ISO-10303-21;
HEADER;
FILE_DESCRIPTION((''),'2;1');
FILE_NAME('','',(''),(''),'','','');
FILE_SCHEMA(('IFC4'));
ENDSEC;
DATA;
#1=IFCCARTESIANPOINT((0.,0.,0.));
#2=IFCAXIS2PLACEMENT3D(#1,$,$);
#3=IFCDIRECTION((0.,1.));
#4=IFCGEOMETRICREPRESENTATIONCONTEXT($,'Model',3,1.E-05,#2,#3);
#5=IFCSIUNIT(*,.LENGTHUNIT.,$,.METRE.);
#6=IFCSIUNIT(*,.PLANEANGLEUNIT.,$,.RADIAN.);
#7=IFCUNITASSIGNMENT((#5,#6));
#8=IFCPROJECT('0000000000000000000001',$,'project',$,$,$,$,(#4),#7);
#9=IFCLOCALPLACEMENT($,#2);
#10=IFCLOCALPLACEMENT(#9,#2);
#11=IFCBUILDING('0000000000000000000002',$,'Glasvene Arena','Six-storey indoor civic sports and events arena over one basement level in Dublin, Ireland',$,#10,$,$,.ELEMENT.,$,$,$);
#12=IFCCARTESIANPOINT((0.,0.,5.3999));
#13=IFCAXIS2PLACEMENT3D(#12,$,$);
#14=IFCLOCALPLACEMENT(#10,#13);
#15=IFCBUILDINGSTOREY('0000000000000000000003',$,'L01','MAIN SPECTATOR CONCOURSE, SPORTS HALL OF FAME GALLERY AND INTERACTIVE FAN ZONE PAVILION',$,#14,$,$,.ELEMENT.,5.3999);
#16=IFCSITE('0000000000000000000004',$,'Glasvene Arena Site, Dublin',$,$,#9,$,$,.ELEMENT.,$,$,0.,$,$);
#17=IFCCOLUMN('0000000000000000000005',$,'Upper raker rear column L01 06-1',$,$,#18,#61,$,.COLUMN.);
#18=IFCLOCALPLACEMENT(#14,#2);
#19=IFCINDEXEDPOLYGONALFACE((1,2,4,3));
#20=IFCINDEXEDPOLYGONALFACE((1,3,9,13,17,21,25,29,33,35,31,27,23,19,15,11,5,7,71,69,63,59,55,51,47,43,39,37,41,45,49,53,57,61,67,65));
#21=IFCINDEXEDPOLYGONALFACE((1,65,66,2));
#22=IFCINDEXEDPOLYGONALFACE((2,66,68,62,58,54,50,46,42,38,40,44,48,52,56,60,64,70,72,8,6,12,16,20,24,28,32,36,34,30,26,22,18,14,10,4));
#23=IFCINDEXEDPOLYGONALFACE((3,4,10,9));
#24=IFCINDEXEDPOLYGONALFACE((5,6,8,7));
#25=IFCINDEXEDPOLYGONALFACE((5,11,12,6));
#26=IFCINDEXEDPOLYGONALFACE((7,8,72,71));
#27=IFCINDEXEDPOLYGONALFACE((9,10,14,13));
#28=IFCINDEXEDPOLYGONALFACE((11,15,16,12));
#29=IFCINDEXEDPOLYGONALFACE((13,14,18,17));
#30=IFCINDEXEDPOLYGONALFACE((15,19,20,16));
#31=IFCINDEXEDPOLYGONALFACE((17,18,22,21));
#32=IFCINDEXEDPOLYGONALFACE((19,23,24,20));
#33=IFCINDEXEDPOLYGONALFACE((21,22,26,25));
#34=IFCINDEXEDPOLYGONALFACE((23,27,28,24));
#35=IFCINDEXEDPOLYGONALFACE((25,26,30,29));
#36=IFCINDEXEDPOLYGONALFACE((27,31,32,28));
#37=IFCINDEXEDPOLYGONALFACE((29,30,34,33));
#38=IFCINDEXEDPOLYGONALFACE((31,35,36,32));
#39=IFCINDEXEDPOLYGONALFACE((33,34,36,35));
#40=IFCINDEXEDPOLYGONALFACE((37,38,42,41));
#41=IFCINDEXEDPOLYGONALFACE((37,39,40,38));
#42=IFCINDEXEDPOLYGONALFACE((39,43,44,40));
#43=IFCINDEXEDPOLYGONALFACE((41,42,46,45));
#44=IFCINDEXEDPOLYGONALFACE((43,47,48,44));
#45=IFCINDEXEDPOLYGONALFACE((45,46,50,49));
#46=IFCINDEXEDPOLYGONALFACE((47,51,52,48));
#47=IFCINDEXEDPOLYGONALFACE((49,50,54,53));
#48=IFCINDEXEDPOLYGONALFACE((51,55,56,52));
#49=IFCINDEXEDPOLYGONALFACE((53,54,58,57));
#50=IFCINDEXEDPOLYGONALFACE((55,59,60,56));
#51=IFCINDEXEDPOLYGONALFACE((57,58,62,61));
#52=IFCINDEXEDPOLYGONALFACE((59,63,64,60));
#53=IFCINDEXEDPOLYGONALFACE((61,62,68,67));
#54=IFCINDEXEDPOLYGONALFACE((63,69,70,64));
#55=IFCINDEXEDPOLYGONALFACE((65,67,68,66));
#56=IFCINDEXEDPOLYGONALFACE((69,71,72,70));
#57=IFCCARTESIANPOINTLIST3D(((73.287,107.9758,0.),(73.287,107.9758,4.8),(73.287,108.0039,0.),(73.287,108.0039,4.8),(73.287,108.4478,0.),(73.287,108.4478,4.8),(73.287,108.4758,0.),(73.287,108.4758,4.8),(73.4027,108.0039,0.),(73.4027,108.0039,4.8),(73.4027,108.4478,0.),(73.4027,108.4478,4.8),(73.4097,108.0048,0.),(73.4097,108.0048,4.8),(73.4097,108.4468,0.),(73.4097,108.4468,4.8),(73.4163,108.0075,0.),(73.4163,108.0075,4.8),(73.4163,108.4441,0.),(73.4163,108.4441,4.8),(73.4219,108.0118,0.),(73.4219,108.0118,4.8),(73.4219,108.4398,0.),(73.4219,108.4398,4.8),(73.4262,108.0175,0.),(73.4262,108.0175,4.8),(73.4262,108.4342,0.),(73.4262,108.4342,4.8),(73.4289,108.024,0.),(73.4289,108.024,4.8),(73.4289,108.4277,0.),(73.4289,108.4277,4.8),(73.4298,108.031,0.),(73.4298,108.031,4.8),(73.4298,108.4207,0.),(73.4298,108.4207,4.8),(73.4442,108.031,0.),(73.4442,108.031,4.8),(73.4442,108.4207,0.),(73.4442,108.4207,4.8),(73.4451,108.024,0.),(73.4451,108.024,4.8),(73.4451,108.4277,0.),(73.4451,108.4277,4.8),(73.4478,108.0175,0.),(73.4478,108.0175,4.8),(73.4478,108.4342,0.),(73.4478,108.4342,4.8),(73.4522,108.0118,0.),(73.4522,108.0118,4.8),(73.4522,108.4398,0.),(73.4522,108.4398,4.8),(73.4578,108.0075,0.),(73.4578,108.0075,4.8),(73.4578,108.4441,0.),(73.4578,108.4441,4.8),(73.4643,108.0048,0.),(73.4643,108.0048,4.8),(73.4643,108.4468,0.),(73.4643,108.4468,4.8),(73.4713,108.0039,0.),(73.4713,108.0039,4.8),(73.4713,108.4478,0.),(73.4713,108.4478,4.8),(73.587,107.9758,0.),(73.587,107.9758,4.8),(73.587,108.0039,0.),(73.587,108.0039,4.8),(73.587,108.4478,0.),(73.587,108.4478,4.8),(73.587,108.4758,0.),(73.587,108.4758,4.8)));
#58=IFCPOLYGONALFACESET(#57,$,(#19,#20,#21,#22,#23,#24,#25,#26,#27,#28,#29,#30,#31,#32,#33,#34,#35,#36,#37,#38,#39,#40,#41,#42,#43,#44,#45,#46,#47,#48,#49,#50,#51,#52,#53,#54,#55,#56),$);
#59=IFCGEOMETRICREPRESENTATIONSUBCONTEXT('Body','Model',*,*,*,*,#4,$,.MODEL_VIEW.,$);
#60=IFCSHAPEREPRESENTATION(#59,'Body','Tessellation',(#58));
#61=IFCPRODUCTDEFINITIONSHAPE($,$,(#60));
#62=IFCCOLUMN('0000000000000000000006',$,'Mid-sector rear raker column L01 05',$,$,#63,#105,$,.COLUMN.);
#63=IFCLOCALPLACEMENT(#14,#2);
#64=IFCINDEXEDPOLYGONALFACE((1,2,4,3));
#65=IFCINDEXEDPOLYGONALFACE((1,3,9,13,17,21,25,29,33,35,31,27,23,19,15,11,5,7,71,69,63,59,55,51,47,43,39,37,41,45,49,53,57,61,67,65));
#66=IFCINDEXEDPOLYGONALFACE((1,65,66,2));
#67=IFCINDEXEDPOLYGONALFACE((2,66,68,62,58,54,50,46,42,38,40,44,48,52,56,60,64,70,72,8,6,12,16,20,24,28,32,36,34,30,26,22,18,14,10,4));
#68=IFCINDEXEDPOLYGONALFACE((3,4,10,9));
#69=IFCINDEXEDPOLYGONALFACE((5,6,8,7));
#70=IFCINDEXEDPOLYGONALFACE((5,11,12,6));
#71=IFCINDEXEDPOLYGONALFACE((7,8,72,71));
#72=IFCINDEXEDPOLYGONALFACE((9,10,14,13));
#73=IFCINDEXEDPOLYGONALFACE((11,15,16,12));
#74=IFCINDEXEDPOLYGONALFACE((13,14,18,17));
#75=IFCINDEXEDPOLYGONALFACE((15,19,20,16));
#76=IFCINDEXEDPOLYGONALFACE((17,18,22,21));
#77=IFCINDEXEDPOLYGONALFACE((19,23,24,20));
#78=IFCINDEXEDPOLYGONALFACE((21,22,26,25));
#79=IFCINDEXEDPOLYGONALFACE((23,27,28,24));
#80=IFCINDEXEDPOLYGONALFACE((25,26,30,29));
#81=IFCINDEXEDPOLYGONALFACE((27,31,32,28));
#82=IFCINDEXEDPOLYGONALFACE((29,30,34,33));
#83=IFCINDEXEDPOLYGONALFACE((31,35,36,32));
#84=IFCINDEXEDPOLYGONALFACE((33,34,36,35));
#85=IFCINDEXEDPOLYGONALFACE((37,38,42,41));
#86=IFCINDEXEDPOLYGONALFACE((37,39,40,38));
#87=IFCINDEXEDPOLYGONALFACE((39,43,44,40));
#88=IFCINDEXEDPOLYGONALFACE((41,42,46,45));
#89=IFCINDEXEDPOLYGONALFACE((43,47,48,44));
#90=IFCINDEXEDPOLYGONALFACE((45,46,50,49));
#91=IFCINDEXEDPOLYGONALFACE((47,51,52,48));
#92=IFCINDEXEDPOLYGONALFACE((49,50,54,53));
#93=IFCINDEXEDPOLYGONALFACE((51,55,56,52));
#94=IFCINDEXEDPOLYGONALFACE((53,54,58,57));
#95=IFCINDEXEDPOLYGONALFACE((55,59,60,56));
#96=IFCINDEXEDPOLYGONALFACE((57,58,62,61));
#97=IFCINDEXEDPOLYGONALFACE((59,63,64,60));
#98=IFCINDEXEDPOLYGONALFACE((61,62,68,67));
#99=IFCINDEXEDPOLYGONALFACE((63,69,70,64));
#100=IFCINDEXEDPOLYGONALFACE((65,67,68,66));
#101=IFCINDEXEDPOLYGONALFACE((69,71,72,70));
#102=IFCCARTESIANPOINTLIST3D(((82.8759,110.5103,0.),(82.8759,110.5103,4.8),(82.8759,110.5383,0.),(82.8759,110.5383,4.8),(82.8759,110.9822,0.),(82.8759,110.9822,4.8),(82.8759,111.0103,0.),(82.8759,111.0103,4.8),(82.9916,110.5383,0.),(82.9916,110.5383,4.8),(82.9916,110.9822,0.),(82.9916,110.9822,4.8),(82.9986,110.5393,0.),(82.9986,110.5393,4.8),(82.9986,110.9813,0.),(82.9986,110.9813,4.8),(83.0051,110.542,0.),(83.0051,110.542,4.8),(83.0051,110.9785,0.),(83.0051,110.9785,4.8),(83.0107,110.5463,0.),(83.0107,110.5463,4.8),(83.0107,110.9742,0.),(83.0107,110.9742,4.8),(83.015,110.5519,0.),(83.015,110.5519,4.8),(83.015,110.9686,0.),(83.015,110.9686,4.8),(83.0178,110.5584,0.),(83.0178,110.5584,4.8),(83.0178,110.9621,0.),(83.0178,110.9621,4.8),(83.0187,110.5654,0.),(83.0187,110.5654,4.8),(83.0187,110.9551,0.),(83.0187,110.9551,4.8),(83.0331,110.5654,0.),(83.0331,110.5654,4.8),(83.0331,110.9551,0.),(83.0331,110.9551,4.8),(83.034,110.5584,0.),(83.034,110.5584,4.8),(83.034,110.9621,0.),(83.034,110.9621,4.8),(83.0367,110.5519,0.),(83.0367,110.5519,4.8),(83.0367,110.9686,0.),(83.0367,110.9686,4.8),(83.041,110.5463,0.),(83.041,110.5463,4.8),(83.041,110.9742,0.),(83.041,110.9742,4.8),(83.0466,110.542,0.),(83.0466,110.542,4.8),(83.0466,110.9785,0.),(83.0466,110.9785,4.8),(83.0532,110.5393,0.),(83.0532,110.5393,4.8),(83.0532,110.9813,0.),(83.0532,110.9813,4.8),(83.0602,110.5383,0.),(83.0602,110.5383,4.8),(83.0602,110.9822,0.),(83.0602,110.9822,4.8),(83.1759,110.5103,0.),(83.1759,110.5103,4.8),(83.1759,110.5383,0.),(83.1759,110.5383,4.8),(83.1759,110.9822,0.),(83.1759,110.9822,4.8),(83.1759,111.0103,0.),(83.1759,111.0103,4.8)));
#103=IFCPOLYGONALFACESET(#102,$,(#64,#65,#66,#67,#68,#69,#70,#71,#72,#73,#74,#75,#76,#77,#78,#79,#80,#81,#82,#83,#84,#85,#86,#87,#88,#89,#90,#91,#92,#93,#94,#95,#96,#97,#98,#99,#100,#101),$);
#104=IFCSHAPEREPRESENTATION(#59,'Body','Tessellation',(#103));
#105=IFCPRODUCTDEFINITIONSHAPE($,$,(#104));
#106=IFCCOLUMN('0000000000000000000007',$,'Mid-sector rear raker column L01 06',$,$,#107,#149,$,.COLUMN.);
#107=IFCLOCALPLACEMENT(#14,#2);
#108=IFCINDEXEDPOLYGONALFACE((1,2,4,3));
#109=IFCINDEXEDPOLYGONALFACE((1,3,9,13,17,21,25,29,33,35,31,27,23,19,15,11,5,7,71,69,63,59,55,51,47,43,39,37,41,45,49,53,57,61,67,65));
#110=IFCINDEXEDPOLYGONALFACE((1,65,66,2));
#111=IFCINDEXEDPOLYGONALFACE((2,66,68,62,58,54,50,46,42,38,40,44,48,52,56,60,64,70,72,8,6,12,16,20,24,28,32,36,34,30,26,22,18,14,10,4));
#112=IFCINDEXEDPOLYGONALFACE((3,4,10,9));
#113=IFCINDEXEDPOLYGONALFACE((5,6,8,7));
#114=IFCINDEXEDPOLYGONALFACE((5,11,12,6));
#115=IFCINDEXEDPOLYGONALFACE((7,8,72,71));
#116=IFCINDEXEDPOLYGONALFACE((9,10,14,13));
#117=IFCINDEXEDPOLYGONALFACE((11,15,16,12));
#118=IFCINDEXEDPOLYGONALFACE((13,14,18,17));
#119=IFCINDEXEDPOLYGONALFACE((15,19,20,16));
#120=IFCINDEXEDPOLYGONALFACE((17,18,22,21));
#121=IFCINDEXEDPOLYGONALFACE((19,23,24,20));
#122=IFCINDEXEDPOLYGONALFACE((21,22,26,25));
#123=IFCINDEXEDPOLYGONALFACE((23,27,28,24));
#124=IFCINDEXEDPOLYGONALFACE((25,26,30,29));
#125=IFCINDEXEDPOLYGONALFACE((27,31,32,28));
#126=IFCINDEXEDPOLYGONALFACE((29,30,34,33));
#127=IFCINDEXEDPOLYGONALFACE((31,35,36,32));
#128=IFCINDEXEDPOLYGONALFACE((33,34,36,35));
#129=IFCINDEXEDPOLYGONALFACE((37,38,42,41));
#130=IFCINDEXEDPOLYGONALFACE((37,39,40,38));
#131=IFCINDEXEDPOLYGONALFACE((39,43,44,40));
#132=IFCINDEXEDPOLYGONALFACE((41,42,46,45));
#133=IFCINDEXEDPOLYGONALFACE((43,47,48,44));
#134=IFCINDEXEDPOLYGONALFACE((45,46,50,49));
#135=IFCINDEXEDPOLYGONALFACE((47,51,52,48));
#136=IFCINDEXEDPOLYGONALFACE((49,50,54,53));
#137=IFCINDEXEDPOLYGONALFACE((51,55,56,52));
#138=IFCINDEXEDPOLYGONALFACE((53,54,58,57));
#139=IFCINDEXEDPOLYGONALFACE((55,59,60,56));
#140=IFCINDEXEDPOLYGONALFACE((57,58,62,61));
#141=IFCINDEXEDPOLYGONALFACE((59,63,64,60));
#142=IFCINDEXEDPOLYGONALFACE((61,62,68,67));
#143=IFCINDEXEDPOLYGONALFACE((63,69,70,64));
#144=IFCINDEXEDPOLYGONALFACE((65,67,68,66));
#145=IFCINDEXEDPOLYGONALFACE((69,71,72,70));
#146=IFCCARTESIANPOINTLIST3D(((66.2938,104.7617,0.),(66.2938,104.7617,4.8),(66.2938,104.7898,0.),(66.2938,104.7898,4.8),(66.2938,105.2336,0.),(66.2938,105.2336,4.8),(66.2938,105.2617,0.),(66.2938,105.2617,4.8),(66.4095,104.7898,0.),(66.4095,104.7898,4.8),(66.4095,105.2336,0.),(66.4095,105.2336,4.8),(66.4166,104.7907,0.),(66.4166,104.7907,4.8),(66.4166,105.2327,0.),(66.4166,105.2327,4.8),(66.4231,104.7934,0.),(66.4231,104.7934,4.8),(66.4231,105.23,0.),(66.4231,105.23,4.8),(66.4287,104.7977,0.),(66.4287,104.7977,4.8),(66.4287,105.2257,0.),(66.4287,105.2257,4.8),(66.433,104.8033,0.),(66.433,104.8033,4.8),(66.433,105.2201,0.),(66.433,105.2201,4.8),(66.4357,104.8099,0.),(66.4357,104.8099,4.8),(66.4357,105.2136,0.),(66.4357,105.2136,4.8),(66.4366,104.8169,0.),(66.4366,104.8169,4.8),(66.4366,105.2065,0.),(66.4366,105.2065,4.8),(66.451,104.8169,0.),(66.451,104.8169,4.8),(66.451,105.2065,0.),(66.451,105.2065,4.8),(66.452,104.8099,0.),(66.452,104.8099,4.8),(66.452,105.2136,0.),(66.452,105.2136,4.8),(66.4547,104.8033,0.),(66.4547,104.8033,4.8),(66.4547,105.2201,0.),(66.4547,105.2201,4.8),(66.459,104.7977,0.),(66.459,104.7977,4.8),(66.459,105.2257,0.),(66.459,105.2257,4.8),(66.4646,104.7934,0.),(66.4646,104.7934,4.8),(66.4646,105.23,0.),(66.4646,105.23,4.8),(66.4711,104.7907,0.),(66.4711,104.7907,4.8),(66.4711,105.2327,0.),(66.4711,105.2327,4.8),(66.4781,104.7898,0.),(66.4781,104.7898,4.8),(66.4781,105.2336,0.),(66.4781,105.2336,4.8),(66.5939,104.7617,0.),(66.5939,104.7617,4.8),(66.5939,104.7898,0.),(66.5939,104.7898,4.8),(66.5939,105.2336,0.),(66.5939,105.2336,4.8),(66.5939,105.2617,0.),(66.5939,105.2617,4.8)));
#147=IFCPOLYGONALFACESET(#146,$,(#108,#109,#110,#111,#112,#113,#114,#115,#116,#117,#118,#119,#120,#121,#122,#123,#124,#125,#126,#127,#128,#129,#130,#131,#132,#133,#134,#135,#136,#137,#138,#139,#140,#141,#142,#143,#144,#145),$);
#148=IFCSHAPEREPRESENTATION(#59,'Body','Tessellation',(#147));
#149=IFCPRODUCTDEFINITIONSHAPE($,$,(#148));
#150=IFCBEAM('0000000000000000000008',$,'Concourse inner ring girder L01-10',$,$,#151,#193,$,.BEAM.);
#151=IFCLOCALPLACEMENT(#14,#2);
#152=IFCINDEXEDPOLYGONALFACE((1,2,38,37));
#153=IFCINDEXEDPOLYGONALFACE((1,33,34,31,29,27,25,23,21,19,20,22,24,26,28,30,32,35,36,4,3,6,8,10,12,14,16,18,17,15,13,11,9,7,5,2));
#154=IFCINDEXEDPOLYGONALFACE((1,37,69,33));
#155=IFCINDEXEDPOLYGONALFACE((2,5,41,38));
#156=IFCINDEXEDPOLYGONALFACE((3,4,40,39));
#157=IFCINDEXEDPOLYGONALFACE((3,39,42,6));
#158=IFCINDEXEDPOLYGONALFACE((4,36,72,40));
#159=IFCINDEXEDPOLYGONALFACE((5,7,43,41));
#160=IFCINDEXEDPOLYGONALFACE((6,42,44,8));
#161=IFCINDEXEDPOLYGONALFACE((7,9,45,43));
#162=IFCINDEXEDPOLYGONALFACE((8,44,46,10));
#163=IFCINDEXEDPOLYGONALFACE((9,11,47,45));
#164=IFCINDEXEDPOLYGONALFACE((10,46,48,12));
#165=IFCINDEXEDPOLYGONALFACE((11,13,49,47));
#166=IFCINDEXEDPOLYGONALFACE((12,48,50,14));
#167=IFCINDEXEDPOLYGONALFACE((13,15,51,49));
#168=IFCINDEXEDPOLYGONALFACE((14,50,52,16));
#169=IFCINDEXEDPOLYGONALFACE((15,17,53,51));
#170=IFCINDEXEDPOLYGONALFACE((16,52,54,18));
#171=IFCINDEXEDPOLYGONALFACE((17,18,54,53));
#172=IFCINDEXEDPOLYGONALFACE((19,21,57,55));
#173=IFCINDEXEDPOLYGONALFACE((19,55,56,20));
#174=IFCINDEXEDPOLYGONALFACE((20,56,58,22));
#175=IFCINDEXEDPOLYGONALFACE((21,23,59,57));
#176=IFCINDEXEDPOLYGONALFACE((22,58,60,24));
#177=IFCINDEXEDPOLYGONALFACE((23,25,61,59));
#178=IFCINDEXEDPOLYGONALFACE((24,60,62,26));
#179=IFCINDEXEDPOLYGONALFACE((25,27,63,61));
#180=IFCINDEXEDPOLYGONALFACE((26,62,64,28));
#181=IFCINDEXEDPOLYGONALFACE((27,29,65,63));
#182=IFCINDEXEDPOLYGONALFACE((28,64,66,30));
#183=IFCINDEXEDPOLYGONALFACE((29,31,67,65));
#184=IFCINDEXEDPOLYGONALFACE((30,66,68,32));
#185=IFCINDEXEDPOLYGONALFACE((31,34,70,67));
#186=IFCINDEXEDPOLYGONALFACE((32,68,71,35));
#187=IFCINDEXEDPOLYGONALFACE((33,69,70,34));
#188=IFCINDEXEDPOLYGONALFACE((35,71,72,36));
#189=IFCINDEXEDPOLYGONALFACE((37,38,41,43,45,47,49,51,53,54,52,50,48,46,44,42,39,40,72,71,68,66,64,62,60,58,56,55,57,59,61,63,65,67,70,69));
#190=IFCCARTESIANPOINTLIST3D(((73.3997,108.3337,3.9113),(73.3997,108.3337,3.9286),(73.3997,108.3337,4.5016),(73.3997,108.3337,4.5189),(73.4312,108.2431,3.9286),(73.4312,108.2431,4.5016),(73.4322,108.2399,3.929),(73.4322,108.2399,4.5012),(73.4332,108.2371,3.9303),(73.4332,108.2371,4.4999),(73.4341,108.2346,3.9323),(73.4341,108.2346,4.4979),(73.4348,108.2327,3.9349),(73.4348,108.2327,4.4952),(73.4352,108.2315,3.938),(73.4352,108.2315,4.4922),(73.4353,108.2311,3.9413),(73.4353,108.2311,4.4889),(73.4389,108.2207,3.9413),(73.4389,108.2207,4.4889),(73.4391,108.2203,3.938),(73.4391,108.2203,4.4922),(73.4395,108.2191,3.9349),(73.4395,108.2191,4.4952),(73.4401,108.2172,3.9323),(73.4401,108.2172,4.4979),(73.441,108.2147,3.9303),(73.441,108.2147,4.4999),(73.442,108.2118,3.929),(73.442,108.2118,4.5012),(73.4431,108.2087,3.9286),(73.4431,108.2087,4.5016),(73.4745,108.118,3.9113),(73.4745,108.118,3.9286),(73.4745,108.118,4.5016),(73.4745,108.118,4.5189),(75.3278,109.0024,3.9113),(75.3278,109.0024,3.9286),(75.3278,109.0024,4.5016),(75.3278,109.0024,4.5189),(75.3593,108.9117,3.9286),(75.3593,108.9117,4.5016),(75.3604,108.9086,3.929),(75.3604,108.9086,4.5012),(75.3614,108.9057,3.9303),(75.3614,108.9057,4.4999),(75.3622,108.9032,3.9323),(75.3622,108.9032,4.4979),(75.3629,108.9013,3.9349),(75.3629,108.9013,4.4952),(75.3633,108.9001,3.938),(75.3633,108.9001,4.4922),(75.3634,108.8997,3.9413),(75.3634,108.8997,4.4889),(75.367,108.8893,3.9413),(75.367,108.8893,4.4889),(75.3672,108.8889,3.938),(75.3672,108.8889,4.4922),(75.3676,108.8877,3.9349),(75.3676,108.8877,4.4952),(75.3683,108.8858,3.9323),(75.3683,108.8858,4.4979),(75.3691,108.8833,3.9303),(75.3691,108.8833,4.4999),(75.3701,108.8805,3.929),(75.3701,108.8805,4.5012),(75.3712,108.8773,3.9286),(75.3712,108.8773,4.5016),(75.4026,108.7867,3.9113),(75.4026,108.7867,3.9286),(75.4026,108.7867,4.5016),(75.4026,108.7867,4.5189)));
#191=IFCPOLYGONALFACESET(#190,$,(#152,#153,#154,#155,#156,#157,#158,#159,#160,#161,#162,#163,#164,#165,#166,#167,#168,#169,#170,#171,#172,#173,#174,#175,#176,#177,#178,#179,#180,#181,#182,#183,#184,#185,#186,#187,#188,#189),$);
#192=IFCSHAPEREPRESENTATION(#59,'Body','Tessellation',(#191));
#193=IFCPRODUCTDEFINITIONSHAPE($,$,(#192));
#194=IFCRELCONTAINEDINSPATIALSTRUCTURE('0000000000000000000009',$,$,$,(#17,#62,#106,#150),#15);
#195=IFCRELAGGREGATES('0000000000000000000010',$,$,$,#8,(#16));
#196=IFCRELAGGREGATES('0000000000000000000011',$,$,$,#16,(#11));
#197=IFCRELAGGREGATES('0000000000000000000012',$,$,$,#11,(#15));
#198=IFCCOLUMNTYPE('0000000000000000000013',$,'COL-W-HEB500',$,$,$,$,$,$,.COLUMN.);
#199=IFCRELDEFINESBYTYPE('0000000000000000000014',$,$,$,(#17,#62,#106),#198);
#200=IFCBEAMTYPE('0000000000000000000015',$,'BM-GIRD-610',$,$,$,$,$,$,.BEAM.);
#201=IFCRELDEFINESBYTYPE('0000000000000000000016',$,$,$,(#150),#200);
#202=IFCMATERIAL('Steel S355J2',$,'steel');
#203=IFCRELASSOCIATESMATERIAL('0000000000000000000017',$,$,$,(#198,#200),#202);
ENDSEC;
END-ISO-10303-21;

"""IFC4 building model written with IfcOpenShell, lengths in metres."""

from ifc_helpers import new_model, si_unit, direction, frame, origin, origin_2d, place, context, subcontext, project, spatial, i_section, extrude, material, material_profile, profile_set, type_object, element, save


model = new_model("IFC4")

# Units and contexts
model_context = context("Model", 3, precision=1e-05, world=origin(), true_north=direction((0.0, 1.0)))
body_context = subcontext(model_context, "Body", "Model", "MODEL_VIEW")
ifc_project = project(units=[si_unit("LENGTHUNIT", "METRE"), si_unit("PLANEANGLEUNIT", "RADIAN")], contexts=[model_context])

# Site, building, storey
site_placement = place(None, origin())
site = spatial("IfcSite", under=ifc_project, at=site_placement, Name="Glasvene Arena Site, Dublin", CompositionType="ELEMENT", RefElevation=0.0)
building_placement = place(site_placement, origin())
building = spatial("IfcBuilding", under=site, at=building_placement, Name="Glasvene Arena", Description="Six-storey indoor civic sports and events arena over one basement level in Dublin, Ireland", CompositionType="ELEMENT")
storey_placement = place(building_placement, frame((0.0, 0.0, 5.3999)))
storey = spatial("IfcBuildingStorey", under=building, at=storey_placement, Name="L01", Description="MAIN SPECTATOR CONCOURSE, SPORTS HALL OF FAME GALLERY AND INTERACTIVE FAN ZONE PAVILION", CompositionType="ELEMENT", Elevation=5.3999)

# Columns
ifc_material_1 = material(Name="Steel S355J2", Category="steel")
ifc_material_profile_1 = material_profile(ifc_material_1, i_section(OverallWidth=0.3, OverallDepth=0.5, WebThickness=0.0144, FlangeThickness=0.0281, FilletRadius=0.0271, at=origin_2d()), Name="HEB 500")
ifc_profile_set_1 = profile_set([ifc_material_profile_1], Name="Steel S355J2")
column_type_1 = type_object("IfcColumnType", Name="COL-W-HEB500", PredefinedType="COLUMN", material=ifc_profile_set_1)
for number, where, z_axis, x_axis, name in (
    (1, (73.437, 108.2258, 0.0), (0.0, 0.0, 1.0), (1.0, 0.0, 0.0), "Upper raker rear column L01 06-1"),
    (2, (83.0259, 110.7603, 0.0), (0.0, 0.0, 1.0), (1.0, 0.0, 0.0), "Mid-sector rear raker column L01 05"),
    (3, (66.4438, 105.0117, 0.0), (0.0, 0.0, 1.0), (1.0, 0.0, 0.0), "Mid-sector rear raker column L01 06"),
):
    element("IfcColumn", number, at=place(storey_placement, frame(where, z_axis=z_axis, x_axis=x_axis)), inside=storey, type_object=column_type_1, Name=name, PredefinedType="COLUMN", context=body_context, shape_type="SweptSolid", body=[
        extrude(i_section(OverallWidth=0.3, OverallDepth=0.5, WebThickness=0.0144, FlangeThickness=0.0281, FilletRadius=0.0271, at=origin_2d()), origin(), (0.0, 0.0, 1.0), 4.8),
    ])

# Beam
ifc_material_profile_2 = material_profile(ifc_material_1, i_section(OverallWidth=0.2283, OverallDepth=0.6077, WebThickness=0.011, FlangeThickness=0.0173, FilletRadius=0.0127, at=origin_2d()), Name="UKB 610x229x113")
ifc_profile_set_2 = profile_set([ifc_material_profile_2], Name="Steel S355J2")
beam_type_1 = type_object("IfcBeamType", Name="BM-GIRD-610", PredefinedType="BEAM", material=ifc_profile_set_2)
beam_1_placement = place(storey_placement, frame((75.3652, 108.8945, 4.2151), z_axis=(-0.944798, -0.327653, 0.0), x_axis=(0.327653, -0.944798, 0.0)))
element("IfcBeam", 4, at=beam_1_placement, inside=storey, type_object=beam_type_1, Name="Concourse inner ring girder L01-10", PredefinedType="BEAM", context=body_context, shape_type="SweptSolid", body=[
    extrude(i_section(OverallWidth=0.2283, OverallDepth=0.6077, WebThickness=0.011, FlangeThickness=0.0173, FilletRadius=0.0127, at=origin_2d()), origin(), (0.0, 0.0, 1.0), 2.0408),
])

save(model, "model.ifc")
